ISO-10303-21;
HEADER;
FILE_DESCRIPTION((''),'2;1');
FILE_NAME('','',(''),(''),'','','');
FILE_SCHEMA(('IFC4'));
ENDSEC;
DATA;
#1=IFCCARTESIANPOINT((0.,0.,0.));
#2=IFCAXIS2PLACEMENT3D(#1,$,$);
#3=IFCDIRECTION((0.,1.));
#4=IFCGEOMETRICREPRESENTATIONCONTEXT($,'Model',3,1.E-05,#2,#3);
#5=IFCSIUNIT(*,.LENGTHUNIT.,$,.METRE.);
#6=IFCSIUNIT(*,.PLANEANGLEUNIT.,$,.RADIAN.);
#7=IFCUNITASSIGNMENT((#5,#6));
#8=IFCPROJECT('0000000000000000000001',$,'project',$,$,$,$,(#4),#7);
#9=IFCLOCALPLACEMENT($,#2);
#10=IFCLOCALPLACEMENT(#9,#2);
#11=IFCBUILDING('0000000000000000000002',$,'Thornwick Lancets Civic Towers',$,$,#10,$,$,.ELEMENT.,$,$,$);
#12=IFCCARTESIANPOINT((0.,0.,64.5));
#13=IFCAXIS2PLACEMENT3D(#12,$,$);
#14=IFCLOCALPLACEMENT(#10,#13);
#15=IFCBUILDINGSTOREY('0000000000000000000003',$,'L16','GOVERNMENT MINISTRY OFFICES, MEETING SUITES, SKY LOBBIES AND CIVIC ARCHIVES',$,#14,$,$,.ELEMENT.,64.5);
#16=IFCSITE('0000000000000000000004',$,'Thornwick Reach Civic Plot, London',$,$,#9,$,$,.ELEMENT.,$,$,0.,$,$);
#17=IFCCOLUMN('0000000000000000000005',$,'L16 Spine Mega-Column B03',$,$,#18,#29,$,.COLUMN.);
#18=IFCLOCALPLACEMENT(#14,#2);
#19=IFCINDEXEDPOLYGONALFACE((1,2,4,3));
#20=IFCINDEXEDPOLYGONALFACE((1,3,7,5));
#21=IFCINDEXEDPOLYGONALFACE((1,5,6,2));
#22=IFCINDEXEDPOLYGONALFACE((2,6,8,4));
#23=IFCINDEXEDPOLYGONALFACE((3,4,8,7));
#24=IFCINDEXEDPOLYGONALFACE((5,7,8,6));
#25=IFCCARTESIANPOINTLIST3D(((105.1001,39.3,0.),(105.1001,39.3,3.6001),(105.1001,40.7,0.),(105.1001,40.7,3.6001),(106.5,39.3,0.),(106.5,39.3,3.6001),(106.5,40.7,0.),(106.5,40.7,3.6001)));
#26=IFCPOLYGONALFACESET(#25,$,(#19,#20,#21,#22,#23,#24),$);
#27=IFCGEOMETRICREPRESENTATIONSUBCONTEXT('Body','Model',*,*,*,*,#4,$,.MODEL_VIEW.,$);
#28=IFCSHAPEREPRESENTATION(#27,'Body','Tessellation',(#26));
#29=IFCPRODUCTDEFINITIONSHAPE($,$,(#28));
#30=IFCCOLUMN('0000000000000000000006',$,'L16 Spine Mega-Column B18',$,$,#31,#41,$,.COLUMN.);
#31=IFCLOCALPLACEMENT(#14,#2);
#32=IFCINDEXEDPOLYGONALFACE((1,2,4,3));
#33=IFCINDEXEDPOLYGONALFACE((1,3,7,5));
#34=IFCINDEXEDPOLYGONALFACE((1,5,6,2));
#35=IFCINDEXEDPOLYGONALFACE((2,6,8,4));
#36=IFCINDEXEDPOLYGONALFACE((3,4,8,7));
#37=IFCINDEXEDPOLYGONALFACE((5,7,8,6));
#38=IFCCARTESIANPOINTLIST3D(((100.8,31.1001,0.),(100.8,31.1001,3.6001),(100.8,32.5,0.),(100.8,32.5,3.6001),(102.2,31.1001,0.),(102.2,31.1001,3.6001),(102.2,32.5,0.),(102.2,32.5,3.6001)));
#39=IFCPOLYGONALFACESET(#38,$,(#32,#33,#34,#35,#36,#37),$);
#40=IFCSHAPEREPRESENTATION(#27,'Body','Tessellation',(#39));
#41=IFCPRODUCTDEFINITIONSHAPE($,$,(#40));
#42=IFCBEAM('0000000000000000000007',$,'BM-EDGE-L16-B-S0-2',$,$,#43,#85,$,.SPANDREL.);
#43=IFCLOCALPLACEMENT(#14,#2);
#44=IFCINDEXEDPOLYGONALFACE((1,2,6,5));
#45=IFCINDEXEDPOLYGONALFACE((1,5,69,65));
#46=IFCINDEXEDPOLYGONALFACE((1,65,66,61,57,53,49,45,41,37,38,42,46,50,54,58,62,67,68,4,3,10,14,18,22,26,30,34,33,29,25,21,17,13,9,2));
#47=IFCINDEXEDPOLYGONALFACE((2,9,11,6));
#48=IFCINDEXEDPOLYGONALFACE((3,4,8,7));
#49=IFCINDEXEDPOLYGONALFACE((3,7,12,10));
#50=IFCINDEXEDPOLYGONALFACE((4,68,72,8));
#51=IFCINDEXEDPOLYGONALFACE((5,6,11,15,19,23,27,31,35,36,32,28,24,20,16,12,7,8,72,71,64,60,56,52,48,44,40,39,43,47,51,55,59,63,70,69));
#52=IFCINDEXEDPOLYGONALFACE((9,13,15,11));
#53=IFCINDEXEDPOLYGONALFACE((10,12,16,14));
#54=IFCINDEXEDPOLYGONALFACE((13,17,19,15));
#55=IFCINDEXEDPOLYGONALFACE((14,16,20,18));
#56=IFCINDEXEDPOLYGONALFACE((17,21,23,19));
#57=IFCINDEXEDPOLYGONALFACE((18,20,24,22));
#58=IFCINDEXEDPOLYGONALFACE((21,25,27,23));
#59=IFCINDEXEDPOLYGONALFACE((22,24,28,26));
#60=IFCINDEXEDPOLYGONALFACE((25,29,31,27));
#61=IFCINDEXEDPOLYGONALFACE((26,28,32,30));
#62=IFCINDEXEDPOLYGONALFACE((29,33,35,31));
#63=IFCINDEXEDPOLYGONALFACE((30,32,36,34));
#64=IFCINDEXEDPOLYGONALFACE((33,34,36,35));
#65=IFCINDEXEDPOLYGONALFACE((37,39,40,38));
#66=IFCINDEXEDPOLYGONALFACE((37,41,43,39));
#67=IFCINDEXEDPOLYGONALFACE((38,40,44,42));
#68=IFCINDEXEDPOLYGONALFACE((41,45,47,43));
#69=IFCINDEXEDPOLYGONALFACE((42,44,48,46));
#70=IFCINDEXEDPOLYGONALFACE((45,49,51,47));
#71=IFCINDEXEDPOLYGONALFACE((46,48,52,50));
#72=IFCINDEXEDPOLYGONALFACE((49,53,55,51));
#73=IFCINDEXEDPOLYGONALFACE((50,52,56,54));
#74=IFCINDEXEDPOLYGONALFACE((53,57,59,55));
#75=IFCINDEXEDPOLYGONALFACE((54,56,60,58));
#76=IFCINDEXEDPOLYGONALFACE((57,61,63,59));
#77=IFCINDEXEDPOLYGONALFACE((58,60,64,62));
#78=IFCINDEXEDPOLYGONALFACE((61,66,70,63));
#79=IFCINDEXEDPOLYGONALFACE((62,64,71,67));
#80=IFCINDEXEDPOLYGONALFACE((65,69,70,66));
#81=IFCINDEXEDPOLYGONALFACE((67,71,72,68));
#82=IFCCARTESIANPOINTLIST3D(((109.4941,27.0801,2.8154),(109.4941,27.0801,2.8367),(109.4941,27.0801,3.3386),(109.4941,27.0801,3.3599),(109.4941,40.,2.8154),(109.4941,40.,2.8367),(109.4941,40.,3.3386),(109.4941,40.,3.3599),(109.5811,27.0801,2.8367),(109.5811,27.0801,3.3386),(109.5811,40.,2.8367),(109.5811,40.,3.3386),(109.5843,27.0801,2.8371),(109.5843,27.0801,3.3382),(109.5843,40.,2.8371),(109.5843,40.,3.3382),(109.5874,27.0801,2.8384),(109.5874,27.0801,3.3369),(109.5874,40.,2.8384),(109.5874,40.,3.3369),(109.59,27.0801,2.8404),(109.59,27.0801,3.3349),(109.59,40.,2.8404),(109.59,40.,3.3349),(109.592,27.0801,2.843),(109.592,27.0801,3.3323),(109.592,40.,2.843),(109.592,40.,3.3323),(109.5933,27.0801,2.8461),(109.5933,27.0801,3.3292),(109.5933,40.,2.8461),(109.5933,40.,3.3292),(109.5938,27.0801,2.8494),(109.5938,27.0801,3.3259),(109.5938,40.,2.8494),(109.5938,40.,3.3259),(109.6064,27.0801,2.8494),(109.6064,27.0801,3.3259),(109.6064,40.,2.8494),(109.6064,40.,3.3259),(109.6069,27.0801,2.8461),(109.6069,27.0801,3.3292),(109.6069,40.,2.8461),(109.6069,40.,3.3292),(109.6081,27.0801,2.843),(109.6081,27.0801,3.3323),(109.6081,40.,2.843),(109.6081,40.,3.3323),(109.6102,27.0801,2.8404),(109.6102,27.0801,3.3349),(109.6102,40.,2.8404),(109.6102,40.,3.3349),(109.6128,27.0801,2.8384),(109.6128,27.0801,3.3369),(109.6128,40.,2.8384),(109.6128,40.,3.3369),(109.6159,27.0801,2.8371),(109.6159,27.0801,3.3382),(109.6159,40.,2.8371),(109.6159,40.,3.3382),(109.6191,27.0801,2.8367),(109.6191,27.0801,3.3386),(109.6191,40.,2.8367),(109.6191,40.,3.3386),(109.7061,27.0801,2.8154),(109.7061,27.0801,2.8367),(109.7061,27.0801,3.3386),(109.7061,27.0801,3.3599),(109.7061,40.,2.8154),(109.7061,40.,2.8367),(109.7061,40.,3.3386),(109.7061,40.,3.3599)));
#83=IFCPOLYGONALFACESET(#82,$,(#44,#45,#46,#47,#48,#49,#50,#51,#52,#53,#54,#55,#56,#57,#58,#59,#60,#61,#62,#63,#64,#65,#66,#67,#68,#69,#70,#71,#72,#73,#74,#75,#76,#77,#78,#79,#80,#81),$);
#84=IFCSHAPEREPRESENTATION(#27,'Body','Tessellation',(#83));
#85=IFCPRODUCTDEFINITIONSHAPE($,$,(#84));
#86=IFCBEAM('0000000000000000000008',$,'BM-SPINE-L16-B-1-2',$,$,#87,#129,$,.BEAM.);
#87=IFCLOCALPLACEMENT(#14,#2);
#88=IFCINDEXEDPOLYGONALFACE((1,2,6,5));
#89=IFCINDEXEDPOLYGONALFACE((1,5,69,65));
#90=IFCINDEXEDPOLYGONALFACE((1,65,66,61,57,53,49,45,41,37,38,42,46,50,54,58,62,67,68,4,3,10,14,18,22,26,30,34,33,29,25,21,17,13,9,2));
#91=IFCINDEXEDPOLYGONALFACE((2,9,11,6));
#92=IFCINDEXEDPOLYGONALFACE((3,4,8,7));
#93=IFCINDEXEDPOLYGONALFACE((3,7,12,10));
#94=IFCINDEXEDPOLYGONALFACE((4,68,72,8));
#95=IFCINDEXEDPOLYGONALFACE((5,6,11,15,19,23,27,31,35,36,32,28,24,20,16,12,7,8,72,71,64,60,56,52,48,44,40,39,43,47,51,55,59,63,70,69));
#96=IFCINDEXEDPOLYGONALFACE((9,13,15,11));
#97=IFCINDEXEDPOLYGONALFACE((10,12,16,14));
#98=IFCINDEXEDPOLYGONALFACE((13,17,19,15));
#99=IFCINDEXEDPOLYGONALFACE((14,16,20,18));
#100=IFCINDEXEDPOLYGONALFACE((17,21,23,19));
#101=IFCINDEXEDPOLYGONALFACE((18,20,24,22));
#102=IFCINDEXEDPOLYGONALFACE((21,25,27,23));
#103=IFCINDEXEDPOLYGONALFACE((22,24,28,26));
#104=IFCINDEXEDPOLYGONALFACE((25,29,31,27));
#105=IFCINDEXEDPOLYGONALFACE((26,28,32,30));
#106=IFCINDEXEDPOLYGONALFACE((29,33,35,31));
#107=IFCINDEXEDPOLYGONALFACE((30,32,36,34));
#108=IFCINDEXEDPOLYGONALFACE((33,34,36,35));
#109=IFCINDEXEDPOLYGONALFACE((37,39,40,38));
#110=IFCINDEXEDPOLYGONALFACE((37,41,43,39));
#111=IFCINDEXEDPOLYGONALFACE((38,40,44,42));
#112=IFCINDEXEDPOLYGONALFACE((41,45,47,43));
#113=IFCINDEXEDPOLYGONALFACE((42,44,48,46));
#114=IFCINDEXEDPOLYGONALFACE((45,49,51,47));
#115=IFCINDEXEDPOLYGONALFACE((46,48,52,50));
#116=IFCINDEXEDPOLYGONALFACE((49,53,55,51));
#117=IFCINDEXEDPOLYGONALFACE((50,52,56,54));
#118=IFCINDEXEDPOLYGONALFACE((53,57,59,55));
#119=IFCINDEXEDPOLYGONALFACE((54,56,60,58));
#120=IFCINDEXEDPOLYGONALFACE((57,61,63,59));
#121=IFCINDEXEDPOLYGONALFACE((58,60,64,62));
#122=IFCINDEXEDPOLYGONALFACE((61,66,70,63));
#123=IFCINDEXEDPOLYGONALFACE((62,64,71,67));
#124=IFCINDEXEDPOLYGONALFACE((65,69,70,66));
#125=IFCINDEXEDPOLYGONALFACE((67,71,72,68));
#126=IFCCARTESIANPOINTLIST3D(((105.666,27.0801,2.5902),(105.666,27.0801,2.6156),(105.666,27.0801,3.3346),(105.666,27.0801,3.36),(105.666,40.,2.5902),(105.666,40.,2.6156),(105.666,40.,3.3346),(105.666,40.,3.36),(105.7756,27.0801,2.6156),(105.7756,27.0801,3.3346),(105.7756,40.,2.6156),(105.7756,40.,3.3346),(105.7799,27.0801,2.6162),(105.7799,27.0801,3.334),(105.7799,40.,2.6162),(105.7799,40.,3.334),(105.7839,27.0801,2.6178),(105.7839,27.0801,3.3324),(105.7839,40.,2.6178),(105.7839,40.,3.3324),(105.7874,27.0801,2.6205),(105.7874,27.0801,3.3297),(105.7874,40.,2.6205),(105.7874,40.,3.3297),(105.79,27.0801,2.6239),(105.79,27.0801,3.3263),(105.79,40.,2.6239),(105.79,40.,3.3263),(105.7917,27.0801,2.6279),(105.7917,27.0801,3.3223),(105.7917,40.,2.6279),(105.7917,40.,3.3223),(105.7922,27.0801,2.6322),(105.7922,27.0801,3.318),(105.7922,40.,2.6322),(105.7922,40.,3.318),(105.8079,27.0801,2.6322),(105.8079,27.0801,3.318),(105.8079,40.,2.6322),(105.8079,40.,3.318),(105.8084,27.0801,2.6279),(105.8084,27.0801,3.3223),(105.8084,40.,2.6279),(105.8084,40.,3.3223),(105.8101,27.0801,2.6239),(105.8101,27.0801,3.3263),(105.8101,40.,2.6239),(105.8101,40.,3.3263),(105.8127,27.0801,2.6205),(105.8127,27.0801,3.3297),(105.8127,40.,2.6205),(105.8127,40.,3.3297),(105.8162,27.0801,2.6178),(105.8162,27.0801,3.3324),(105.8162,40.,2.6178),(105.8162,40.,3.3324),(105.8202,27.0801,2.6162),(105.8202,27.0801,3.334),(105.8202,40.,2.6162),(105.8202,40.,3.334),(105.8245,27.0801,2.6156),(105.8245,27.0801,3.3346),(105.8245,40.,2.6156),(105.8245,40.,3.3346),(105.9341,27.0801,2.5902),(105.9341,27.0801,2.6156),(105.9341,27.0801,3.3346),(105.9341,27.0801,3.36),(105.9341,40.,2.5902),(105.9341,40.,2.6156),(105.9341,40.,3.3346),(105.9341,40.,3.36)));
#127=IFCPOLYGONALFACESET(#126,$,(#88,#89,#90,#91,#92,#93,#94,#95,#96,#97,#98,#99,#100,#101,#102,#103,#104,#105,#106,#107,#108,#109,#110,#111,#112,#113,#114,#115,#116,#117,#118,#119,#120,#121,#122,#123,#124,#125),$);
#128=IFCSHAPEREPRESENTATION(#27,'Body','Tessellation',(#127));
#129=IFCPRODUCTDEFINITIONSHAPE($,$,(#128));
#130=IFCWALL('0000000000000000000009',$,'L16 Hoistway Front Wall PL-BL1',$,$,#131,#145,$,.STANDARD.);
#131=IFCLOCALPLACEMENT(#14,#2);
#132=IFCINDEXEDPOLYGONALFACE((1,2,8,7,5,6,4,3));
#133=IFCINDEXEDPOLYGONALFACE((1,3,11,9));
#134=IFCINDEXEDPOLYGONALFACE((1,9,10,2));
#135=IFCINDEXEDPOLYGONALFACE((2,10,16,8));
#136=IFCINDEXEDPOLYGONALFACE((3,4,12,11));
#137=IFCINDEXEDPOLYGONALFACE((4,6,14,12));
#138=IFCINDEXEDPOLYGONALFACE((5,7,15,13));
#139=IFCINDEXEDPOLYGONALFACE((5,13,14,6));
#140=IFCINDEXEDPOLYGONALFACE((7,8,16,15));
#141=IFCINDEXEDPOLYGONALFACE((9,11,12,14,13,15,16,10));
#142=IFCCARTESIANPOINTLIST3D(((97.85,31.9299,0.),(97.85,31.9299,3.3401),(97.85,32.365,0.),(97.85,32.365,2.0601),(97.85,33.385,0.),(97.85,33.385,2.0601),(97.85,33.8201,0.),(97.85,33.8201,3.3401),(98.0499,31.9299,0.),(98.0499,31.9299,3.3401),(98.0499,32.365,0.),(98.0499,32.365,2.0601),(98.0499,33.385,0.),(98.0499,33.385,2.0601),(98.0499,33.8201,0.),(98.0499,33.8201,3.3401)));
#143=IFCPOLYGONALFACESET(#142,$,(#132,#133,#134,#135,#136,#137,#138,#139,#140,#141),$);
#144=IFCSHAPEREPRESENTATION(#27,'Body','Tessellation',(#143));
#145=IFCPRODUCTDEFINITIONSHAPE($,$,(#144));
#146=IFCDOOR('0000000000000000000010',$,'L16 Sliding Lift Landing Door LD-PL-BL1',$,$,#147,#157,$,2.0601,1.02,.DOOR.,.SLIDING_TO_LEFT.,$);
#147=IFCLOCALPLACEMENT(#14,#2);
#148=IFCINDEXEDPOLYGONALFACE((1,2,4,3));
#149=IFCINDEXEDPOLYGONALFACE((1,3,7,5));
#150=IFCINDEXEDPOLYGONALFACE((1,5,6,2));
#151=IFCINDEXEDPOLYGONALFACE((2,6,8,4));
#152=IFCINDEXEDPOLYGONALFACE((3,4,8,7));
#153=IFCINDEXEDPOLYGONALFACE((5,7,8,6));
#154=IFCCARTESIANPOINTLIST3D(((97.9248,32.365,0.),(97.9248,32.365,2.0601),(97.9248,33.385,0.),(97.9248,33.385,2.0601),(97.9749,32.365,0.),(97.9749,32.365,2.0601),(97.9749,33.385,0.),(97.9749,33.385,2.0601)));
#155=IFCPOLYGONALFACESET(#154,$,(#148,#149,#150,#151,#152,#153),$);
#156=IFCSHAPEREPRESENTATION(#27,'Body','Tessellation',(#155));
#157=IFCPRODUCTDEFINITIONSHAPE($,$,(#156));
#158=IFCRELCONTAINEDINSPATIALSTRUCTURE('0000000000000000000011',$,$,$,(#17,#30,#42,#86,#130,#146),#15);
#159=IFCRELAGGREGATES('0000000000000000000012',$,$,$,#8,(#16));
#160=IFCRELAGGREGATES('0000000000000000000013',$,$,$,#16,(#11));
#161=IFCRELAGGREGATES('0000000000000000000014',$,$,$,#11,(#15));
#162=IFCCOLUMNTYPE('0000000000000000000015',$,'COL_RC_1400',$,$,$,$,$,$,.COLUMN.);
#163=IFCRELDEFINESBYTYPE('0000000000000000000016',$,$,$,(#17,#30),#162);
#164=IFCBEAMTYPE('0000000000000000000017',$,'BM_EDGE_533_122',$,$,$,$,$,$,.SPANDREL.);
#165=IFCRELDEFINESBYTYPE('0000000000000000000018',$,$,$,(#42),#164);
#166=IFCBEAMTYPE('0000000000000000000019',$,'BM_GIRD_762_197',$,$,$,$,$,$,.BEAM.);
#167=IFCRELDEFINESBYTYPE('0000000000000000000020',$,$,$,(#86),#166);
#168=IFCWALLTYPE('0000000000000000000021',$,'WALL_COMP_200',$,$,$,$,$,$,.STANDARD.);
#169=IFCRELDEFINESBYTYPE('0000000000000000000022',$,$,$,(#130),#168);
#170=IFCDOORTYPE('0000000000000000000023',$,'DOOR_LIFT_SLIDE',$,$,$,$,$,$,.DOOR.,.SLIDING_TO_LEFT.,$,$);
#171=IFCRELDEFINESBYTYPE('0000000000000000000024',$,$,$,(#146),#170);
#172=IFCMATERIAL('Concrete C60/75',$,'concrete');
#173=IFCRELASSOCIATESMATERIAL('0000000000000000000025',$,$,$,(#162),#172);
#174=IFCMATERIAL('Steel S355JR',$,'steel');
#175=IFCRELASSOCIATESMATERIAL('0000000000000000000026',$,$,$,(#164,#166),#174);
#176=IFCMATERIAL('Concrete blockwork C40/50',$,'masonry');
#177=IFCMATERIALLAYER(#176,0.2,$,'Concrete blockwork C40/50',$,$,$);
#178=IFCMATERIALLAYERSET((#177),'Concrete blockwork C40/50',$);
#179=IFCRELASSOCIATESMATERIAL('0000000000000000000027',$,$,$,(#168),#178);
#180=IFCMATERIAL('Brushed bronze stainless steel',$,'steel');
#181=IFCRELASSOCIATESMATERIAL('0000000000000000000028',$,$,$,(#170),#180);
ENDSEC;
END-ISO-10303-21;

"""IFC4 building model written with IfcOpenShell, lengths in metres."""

from ifc_helpers import new_model, si_unit, direction, frame, frame_2d, origin, origin_2d, place, context, subcontext, project, spatial, rectangle, i_section, extrude, material, layer, layer_set, material_profile, profile_set, type_object, element, fill, save


model = new_model("IFC4")

# Units and contexts
model_context = context("Model", 3, precision=1e-05, world=origin(), true_north=direction((0.0, 1.0)))
body_context = subcontext(model_context, "Body", "Model", "MODEL_VIEW")
ifc_project = project(units=[si_unit("LENGTHUNIT", "METRE"), si_unit("PLANEANGLEUNIT", "RADIAN")], contexts=[model_context])

# Site, building, storey
site_placement = place(None, origin())
site = spatial("IfcSite", under=ifc_project, at=site_placement, Name="Thornwick Reach Civic Plot, London", CompositionType="ELEMENT", RefElevation=0.0)
building_placement = place(site_placement, origin())
building = spatial("IfcBuilding", under=site, at=building_placement, Name="Thornwick Lancets Civic Towers", CompositionType="ELEMENT")
storey_placement = place(building_placement, frame((0.0, 0.0, 64.5)))
storey = spatial("IfcBuildingStorey", under=building, at=storey_placement, Name="L16", Description="GOVERNMENT MINISTRY OFFICES, MEETING SUITES, SKY LOBBIES AND CIVIC ARCHIVES", CompositionType="ELEMENT", Elevation=64.5)

# Columns
ifc_material_1 = material(Name="Concrete C60/75", Category="concrete")
ifc_material_profile_1 = material_profile(ifc_material_1, rectangle(XDim=1.3999, YDim=1.3999, at=origin_2d()), Name="RC 1400x1400")
ifc_profile_set_1 = profile_set([ifc_material_profile_1], Name="Concrete C60/75")
column_type = type_object("IfcColumnType", Name="COL_RC_1400", PredefinedType="COLUMN", material=ifc_profile_set_1)
for number, where, z_axis, x_axis, name in (
    (1, (105.8, 40.0, 0.0), (0.0, 0.0, 1.0), (1.0, 0.0, 0.0), "L16 Spine Mega-Column B03"),
    (2, (101.5, 31.8, 0.0), (0.0, 0.0, 1.0), (1.0, 0.0, 0.0), "L16 Spine Mega-Column B18"),
):
    element("IfcColumn", number, at=place(storey_placement, frame(where, z_axis=z_axis, x_axis=x_axis)), inside=storey, type_object=column_type, Name=name, PredefinedType="COLUMN", context=body_context, shape_type="SweptSolid", body=[
        extrude(rectangle(XDim=1.3999, YDim=1.3999, at=origin_2d()), origin(), (0.0, 0.0, 1.0), 3.6001),
    ])

# Beams
ifc_material_2 = material(Name="Steel S355JR", Category="steel")
ifc_material_profile_2 = material_profile(ifc_material_2, i_section(OverallWidth=0.2119, OverallDepth=0.5444, WebThickness=0.0127, FlangeThickness=0.0212, FilletRadius=0.0127, at=origin_2d()), Name="UKB 533x210x122")
ifc_profile_set_2 = profile_set([ifc_material_profile_2], Name="Steel S355JR")
beam_type_1 = type_object("IfcBeamType", Name="BM_EDGE_533_122", PredefinedType="SPANDREL", material=ifc_profile_set_2)
beam_1_placement = place(storey_placement, frame((109.6001, 27.0801, 3.0876), z_axis=(0.0, 1.0, 0.0), x_axis=(-1.0, 0.0, 0.0)))
element("IfcBeam", 3, at=beam_1_placement, inside=storey, type_object=beam_type_1, Name="BM-EDGE-L16-B-S0-2", PredefinedType="SPANDREL", context=body_context, shape_type="SweptSolid", body=[
    extrude(i_section(OverallWidth=0.2119, OverallDepth=0.5444, WebThickness=0.0127, FlangeThickness=0.0212, FilletRadius=0.0127, at=origin_2d()), origin(), (0.0, 0.0, 1.0), 12.9199),
])
ifc_material_profile_3 = material_profile(ifc_material_2, i_section(OverallWidth=0.2681, OverallDepth=0.7698, WebThickness=0.0156, FlangeThickness=0.0254, FilletRadius=0.0166, at=origin_2d()), Name="UKB 762x267x197")
ifc_profile_set_3 = profile_set([ifc_material_profile_3], Name="Steel S355JR")
beam_type_2 = type_object("IfcBeamType", Name="BM_GIRD_762_197", PredefinedType="BEAM", material=ifc_profile_set_3)
beam_2_placement = place(storey_placement, frame((105.8, 27.0801, 2.9751), z_axis=(0.0, 1.0, 0.0), x_axis=(-1.0, 0.0, 0.0)))
element("IfcBeam", 4, at=beam_2_placement, inside=storey, type_object=beam_type_2, Name="BM-SPINE-L16-B-1-2", PredefinedType="BEAM", context=body_context, shape_type="SweptSolid", body=[
    extrude(i_section(OverallWidth=0.2681, OverallDepth=0.7698, WebThickness=0.0156, FlangeThickness=0.0254, FilletRadius=0.0166, at=origin_2d()), origin(), (0.0, 0.0, 1.0), 12.9199),
])

# Wall, opening, door
ifc_material_3 = material(Name="Concrete blockwork C40/50", Category="masonry")
ifc_layer_1 = layer(ifc_material_3, 0.2, Name="Concrete blockwork C40/50")
ifc_layer_set_1 = layer_set([ifc_layer_1], Name="Concrete blockwork C40/50")
wall_type_1 = type_object("IfcWallType", Name="WALL_COMP_200", PredefinedType="STANDARD", material=ifc_layer_set_1)
wall_1_placement = place(storey_placement, frame((97.95, 33.8201, 0.0), z_axis=(0.0, 0.0, 1.0), x_axis=(0.0, -1.0, 0.0)))
wall_1 = element("IfcWall", 5, at=wall_1_placement, inside=storey, type_object=wall_type_1, Name="L16 Hoistway Front Wall PL-BL1", PredefinedType="STANDARD", context=body_context, shape_type="SweptSolid", body=[
    extrude(rectangle(XDim=1.8901, YDim=0.2, at=frame_2d((0.9451, 0.0))), origin(), (0.0, 0.0, 1.0), 3.3401),
])
opening_1_placement = place(wall_1_placement, frame((0.4351, 0.0, 0.0)))
opening_1 = element("IfcOpeningElement", 6, at=opening_1_placement, cuts=wall_1, PredefinedType="OPENING", context=body_context, shape_type="SweptSolid", body=[
    extrude(rectangle(XDim=1.02, YDim=2.0601, at=frame_2d((0.51, 1.03))), frame((0.0, 0.1099, 0.0), z_axis=(0.0, -1.0, 0.0), x_axis=(1.0, 0.0, 0.0)), (0.0, 0.0, 1.0), 0.22),
])
ifc_material_4 = material(Name="Brushed bronze stainless steel", Category="steel")
door_type_1 = type_object("IfcDoorType", Name="DOOR_LIFT_SLIDE", OperationType="SLIDING_TO_LEFT", PredefinedType="DOOR", material=ifc_material_4)
door_1_placement = place(opening_1_placement, origin())
door_1 = element("IfcDoor", 7, at=door_1_placement, inside=storey, type_object=door_type_1, Name="L16 Sliding Lift Landing Door LD-PL-BL1", OperationType="SLIDING_TO_LEFT", OverallHeight=2.0601, OverallWidth=1.02, PredefinedType="DOOR", context=body_context, shape_type="SweptSolid", body=[
    extrude(rectangle(XDim=1.02, YDim=2.0601, at=frame_2d((0.51, 1.03))), frame((0.0, 0.0249, 0.0), z_axis=(0.0, -1.0, 0.0), x_axis=(1.0, 0.0, 0.0)), (0.0, 0.0, 1.0), 0.05),
])
fill(opening_1, door_1)

save(model, "model.ifc")
